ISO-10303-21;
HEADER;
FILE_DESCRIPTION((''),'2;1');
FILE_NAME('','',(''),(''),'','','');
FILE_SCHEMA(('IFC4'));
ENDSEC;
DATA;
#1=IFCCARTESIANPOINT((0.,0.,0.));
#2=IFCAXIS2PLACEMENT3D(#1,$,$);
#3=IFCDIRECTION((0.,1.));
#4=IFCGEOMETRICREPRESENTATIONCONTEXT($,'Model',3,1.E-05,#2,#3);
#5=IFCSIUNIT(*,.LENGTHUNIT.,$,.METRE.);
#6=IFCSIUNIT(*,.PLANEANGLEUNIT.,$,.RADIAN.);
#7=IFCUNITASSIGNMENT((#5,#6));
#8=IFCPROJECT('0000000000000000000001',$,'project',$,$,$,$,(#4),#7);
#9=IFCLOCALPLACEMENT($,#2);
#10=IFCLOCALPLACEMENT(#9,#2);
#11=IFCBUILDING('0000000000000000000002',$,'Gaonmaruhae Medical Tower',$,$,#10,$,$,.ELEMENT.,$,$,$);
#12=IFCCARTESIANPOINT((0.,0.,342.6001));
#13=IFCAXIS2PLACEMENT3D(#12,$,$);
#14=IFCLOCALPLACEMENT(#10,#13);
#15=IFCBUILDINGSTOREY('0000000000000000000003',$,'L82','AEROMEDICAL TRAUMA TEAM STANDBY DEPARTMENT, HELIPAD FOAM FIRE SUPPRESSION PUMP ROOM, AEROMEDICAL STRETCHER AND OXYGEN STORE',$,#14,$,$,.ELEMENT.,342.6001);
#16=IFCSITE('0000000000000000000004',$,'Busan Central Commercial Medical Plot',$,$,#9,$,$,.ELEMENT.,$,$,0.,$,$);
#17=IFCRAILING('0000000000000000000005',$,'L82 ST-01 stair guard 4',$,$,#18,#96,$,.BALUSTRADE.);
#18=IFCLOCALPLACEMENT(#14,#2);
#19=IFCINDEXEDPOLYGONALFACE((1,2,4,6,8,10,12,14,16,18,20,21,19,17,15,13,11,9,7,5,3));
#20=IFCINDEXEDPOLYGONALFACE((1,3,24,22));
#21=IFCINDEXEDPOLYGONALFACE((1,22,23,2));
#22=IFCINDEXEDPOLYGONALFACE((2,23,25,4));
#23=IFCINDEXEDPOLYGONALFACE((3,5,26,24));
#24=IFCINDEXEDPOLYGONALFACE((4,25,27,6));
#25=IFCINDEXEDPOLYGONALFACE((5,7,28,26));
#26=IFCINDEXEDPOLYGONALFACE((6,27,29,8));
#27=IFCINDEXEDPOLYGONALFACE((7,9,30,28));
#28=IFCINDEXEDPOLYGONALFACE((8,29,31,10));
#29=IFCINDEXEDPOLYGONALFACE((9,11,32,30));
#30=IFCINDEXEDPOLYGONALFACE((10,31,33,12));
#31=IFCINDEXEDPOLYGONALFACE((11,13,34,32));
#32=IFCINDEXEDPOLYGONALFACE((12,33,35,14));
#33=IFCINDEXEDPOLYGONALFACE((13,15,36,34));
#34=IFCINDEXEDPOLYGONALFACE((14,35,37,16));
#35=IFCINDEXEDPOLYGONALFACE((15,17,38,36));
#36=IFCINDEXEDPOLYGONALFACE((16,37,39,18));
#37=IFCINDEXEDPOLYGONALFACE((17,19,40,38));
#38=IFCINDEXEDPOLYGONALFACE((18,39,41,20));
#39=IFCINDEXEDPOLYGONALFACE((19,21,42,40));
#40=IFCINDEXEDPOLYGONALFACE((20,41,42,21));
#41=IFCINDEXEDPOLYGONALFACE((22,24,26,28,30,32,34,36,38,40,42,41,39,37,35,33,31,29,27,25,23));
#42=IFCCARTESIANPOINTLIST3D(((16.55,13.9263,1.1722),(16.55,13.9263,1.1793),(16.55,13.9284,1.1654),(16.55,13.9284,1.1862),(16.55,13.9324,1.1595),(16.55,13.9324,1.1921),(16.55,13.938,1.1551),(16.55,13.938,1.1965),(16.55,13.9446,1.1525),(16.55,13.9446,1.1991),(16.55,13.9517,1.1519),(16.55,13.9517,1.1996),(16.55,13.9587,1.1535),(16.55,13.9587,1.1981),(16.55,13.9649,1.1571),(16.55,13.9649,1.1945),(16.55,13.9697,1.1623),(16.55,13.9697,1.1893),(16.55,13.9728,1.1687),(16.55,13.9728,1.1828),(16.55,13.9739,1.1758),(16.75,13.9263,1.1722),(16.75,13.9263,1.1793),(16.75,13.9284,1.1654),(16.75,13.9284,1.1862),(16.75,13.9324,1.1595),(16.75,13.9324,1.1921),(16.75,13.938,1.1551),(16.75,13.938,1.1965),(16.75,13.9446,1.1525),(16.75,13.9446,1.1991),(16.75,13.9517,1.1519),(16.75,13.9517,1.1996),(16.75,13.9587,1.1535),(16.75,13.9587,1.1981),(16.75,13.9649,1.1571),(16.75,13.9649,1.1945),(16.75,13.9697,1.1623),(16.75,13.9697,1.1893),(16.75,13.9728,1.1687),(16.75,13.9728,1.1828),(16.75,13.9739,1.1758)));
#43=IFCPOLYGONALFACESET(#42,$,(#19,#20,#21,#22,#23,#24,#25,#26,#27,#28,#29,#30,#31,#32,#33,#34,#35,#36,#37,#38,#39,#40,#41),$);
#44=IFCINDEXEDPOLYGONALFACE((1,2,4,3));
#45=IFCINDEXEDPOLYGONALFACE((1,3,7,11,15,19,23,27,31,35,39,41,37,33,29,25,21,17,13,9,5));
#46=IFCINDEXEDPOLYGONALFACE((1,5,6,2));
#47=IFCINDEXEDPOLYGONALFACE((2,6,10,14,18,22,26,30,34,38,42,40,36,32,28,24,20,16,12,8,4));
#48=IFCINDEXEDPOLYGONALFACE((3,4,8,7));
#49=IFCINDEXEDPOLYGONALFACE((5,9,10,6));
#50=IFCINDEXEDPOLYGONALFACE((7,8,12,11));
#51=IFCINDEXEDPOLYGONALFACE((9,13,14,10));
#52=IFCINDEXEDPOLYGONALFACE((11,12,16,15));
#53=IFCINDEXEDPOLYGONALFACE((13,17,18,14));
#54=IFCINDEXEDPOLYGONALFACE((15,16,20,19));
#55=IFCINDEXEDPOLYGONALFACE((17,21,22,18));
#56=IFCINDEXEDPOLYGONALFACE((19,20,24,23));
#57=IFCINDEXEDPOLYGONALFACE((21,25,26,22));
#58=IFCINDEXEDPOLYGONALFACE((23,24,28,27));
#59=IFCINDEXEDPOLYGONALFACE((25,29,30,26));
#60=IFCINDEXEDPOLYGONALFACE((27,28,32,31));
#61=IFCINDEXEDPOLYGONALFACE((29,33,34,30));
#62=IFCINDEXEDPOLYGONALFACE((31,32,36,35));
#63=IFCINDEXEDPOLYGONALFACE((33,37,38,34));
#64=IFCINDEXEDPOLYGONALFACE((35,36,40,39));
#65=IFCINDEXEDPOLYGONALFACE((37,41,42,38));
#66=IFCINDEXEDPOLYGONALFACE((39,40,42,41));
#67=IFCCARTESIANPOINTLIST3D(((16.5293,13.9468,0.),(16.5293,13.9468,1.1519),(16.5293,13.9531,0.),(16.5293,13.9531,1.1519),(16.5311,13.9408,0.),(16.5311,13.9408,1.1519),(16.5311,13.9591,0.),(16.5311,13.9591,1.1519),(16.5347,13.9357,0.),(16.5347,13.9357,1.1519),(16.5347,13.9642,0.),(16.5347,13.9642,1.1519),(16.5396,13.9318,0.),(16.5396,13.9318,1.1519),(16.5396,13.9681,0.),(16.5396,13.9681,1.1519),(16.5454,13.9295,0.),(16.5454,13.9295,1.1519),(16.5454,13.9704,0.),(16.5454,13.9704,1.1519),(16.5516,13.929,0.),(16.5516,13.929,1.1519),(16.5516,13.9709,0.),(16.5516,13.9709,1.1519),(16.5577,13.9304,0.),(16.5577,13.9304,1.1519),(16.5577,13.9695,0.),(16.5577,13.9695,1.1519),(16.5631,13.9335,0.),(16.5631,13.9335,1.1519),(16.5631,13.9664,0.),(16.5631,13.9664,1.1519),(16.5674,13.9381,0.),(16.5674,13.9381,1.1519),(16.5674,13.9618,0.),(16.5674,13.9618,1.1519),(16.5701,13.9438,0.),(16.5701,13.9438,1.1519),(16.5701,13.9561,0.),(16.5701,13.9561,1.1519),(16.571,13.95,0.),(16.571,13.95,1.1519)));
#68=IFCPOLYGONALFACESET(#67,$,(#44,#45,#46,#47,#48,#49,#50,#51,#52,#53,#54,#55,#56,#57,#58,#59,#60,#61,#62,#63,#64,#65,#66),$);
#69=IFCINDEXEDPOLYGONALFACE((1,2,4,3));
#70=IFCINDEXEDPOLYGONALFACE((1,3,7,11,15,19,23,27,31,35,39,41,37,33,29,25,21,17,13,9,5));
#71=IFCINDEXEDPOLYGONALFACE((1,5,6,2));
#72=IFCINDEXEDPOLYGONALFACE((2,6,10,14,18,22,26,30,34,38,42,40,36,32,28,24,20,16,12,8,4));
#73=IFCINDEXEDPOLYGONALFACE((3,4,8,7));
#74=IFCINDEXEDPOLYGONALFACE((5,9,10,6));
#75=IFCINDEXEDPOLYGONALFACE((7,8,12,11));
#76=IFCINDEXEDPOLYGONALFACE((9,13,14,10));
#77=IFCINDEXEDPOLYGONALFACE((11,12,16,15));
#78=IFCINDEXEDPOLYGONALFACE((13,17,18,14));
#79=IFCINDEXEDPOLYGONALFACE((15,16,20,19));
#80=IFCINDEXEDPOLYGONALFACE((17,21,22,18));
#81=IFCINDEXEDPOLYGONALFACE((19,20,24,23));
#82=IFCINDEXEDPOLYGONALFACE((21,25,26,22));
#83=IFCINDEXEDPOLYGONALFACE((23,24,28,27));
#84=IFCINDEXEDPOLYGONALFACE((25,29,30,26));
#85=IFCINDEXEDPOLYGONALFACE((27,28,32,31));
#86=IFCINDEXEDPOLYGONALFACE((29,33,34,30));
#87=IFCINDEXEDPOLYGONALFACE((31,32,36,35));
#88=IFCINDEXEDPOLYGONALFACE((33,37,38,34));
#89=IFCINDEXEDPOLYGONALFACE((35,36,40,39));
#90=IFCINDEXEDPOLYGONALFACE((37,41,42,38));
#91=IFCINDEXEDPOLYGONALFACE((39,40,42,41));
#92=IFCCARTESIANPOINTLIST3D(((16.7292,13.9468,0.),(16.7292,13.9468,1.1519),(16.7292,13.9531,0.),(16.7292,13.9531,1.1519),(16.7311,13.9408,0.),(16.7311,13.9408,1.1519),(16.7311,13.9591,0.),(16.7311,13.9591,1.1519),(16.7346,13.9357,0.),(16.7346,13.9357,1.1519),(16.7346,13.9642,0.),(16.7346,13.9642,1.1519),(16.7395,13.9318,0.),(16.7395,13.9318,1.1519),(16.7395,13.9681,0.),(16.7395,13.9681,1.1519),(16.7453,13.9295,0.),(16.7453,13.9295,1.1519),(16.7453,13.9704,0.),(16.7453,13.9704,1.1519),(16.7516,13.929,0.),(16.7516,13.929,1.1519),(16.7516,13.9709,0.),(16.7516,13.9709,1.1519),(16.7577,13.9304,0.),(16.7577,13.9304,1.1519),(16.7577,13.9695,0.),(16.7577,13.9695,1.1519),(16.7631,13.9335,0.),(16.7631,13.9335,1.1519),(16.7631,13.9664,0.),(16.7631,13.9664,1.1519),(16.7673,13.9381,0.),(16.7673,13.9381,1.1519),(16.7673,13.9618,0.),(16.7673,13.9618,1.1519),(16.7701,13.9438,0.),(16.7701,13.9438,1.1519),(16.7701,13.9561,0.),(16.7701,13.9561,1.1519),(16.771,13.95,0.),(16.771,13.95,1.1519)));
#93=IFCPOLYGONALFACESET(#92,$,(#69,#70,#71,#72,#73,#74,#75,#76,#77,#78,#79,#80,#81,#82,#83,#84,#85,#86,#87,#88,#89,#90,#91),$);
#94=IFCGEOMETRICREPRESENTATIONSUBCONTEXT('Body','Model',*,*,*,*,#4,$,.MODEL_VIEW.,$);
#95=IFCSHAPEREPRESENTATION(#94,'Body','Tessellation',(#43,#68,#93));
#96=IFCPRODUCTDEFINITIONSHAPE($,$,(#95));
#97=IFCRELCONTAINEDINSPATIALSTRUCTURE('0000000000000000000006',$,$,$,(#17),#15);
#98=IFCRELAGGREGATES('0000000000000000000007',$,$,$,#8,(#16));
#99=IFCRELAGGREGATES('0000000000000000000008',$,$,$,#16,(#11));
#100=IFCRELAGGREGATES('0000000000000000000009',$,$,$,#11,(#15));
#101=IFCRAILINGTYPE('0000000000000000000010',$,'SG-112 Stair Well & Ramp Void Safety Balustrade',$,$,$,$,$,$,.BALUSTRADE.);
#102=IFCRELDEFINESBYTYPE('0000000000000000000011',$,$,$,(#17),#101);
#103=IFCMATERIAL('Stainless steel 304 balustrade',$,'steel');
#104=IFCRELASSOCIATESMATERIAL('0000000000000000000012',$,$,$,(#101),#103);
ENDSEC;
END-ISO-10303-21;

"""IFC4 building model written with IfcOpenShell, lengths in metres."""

from ifc_helpers import new_model, si_unit, direction, frame, origin, origin_2d, place, context, subcontext, project, spatial, circle, extrude, material, type_object, element, save


model = new_model("IFC4")

# Units and contexts
model_context = context("Model", 3, precision=1e-05, world=origin(), true_north=direction((0.0, 1.0)))
body_context = subcontext(model_context, "Body", "Model", "MODEL_VIEW")
ifc_project = project(units=[si_unit("LENGTHUNIT", "METRE"), si_unit("PLANEANGLEUNIT", "RADIAN")], contexts=[model_context])

# Site, building, storey
site_placement = place(None, origin())
site = spatial("IfcSite", under=ifc_project, at=site_placement, Name="Busan Central Commercial Medical Plot", CompositionType="ELEMENT", RefElevation=0.0)
building_placement = place(site_placement, origin())
building = spatial("IfcBuilding", under=site, at=building_placement, Name="Gaonmaruhae Medical Tower", CompositionType="ELEMENT")
storey_placement = place(building_placement, frame((0.0, 0.0, 342.6001)))
storey = spatial("IfcBuildingStorey", under=building, at=storey_placement, Name="L82", Description="AEROMEDICAL TRAUMA TEAM STANDBY DEPARTMENT, HELIPAD FOAM FIRE SUPPRESSION PUMP ROOM, AEROMEDICAL STRETCHER AND OXYGEN STORE", CompositionType="ELEMENT", Elevation=342.6001)

# Railing
ifc_material_1 = material(Name="Stainless steel 304 balustrade", Category="steel")
railing_type_1 = type_object("IfcRailingType", Name="SG-112 Stair Well & Ramp Void Safety Balustrade", PredefinedType="BALUSTRADE", material=ifc_material_1)
railing_1_placement = place(storey_placement, frame((16.55, 13.95, 0.0)))
element("IfcRailing", 1, at=railing_1_placement, inside=storey, type_object=railing_type_1, Name="L82 ST-01 stair guard 4", PredefinedType="BALUSTRADE", context=body_context, shape_type="SweptSolid", body=[
    extrude(circle(Radius=0.0239, at=origin_2d()), frame((0.0, 0.0, 1.1758), z_axis=(1.0, 0.0, 0.0), x_axis=(0.0, 1.0, 0.0)), (0.0, 0.0, 1.0), 0.2),
    extrude(circle(Radius=0.021, at=origin_2d()), origin(), (0.0, 0.0, 1.0), 1.1519),
    extrude(circle(Radius=0.021, at=origin_2d()), frame((0.2, 0.0, 0.0)), (0.0, 0.0, 1.0), 1.1519),
])

save(model, "model.ifc")
